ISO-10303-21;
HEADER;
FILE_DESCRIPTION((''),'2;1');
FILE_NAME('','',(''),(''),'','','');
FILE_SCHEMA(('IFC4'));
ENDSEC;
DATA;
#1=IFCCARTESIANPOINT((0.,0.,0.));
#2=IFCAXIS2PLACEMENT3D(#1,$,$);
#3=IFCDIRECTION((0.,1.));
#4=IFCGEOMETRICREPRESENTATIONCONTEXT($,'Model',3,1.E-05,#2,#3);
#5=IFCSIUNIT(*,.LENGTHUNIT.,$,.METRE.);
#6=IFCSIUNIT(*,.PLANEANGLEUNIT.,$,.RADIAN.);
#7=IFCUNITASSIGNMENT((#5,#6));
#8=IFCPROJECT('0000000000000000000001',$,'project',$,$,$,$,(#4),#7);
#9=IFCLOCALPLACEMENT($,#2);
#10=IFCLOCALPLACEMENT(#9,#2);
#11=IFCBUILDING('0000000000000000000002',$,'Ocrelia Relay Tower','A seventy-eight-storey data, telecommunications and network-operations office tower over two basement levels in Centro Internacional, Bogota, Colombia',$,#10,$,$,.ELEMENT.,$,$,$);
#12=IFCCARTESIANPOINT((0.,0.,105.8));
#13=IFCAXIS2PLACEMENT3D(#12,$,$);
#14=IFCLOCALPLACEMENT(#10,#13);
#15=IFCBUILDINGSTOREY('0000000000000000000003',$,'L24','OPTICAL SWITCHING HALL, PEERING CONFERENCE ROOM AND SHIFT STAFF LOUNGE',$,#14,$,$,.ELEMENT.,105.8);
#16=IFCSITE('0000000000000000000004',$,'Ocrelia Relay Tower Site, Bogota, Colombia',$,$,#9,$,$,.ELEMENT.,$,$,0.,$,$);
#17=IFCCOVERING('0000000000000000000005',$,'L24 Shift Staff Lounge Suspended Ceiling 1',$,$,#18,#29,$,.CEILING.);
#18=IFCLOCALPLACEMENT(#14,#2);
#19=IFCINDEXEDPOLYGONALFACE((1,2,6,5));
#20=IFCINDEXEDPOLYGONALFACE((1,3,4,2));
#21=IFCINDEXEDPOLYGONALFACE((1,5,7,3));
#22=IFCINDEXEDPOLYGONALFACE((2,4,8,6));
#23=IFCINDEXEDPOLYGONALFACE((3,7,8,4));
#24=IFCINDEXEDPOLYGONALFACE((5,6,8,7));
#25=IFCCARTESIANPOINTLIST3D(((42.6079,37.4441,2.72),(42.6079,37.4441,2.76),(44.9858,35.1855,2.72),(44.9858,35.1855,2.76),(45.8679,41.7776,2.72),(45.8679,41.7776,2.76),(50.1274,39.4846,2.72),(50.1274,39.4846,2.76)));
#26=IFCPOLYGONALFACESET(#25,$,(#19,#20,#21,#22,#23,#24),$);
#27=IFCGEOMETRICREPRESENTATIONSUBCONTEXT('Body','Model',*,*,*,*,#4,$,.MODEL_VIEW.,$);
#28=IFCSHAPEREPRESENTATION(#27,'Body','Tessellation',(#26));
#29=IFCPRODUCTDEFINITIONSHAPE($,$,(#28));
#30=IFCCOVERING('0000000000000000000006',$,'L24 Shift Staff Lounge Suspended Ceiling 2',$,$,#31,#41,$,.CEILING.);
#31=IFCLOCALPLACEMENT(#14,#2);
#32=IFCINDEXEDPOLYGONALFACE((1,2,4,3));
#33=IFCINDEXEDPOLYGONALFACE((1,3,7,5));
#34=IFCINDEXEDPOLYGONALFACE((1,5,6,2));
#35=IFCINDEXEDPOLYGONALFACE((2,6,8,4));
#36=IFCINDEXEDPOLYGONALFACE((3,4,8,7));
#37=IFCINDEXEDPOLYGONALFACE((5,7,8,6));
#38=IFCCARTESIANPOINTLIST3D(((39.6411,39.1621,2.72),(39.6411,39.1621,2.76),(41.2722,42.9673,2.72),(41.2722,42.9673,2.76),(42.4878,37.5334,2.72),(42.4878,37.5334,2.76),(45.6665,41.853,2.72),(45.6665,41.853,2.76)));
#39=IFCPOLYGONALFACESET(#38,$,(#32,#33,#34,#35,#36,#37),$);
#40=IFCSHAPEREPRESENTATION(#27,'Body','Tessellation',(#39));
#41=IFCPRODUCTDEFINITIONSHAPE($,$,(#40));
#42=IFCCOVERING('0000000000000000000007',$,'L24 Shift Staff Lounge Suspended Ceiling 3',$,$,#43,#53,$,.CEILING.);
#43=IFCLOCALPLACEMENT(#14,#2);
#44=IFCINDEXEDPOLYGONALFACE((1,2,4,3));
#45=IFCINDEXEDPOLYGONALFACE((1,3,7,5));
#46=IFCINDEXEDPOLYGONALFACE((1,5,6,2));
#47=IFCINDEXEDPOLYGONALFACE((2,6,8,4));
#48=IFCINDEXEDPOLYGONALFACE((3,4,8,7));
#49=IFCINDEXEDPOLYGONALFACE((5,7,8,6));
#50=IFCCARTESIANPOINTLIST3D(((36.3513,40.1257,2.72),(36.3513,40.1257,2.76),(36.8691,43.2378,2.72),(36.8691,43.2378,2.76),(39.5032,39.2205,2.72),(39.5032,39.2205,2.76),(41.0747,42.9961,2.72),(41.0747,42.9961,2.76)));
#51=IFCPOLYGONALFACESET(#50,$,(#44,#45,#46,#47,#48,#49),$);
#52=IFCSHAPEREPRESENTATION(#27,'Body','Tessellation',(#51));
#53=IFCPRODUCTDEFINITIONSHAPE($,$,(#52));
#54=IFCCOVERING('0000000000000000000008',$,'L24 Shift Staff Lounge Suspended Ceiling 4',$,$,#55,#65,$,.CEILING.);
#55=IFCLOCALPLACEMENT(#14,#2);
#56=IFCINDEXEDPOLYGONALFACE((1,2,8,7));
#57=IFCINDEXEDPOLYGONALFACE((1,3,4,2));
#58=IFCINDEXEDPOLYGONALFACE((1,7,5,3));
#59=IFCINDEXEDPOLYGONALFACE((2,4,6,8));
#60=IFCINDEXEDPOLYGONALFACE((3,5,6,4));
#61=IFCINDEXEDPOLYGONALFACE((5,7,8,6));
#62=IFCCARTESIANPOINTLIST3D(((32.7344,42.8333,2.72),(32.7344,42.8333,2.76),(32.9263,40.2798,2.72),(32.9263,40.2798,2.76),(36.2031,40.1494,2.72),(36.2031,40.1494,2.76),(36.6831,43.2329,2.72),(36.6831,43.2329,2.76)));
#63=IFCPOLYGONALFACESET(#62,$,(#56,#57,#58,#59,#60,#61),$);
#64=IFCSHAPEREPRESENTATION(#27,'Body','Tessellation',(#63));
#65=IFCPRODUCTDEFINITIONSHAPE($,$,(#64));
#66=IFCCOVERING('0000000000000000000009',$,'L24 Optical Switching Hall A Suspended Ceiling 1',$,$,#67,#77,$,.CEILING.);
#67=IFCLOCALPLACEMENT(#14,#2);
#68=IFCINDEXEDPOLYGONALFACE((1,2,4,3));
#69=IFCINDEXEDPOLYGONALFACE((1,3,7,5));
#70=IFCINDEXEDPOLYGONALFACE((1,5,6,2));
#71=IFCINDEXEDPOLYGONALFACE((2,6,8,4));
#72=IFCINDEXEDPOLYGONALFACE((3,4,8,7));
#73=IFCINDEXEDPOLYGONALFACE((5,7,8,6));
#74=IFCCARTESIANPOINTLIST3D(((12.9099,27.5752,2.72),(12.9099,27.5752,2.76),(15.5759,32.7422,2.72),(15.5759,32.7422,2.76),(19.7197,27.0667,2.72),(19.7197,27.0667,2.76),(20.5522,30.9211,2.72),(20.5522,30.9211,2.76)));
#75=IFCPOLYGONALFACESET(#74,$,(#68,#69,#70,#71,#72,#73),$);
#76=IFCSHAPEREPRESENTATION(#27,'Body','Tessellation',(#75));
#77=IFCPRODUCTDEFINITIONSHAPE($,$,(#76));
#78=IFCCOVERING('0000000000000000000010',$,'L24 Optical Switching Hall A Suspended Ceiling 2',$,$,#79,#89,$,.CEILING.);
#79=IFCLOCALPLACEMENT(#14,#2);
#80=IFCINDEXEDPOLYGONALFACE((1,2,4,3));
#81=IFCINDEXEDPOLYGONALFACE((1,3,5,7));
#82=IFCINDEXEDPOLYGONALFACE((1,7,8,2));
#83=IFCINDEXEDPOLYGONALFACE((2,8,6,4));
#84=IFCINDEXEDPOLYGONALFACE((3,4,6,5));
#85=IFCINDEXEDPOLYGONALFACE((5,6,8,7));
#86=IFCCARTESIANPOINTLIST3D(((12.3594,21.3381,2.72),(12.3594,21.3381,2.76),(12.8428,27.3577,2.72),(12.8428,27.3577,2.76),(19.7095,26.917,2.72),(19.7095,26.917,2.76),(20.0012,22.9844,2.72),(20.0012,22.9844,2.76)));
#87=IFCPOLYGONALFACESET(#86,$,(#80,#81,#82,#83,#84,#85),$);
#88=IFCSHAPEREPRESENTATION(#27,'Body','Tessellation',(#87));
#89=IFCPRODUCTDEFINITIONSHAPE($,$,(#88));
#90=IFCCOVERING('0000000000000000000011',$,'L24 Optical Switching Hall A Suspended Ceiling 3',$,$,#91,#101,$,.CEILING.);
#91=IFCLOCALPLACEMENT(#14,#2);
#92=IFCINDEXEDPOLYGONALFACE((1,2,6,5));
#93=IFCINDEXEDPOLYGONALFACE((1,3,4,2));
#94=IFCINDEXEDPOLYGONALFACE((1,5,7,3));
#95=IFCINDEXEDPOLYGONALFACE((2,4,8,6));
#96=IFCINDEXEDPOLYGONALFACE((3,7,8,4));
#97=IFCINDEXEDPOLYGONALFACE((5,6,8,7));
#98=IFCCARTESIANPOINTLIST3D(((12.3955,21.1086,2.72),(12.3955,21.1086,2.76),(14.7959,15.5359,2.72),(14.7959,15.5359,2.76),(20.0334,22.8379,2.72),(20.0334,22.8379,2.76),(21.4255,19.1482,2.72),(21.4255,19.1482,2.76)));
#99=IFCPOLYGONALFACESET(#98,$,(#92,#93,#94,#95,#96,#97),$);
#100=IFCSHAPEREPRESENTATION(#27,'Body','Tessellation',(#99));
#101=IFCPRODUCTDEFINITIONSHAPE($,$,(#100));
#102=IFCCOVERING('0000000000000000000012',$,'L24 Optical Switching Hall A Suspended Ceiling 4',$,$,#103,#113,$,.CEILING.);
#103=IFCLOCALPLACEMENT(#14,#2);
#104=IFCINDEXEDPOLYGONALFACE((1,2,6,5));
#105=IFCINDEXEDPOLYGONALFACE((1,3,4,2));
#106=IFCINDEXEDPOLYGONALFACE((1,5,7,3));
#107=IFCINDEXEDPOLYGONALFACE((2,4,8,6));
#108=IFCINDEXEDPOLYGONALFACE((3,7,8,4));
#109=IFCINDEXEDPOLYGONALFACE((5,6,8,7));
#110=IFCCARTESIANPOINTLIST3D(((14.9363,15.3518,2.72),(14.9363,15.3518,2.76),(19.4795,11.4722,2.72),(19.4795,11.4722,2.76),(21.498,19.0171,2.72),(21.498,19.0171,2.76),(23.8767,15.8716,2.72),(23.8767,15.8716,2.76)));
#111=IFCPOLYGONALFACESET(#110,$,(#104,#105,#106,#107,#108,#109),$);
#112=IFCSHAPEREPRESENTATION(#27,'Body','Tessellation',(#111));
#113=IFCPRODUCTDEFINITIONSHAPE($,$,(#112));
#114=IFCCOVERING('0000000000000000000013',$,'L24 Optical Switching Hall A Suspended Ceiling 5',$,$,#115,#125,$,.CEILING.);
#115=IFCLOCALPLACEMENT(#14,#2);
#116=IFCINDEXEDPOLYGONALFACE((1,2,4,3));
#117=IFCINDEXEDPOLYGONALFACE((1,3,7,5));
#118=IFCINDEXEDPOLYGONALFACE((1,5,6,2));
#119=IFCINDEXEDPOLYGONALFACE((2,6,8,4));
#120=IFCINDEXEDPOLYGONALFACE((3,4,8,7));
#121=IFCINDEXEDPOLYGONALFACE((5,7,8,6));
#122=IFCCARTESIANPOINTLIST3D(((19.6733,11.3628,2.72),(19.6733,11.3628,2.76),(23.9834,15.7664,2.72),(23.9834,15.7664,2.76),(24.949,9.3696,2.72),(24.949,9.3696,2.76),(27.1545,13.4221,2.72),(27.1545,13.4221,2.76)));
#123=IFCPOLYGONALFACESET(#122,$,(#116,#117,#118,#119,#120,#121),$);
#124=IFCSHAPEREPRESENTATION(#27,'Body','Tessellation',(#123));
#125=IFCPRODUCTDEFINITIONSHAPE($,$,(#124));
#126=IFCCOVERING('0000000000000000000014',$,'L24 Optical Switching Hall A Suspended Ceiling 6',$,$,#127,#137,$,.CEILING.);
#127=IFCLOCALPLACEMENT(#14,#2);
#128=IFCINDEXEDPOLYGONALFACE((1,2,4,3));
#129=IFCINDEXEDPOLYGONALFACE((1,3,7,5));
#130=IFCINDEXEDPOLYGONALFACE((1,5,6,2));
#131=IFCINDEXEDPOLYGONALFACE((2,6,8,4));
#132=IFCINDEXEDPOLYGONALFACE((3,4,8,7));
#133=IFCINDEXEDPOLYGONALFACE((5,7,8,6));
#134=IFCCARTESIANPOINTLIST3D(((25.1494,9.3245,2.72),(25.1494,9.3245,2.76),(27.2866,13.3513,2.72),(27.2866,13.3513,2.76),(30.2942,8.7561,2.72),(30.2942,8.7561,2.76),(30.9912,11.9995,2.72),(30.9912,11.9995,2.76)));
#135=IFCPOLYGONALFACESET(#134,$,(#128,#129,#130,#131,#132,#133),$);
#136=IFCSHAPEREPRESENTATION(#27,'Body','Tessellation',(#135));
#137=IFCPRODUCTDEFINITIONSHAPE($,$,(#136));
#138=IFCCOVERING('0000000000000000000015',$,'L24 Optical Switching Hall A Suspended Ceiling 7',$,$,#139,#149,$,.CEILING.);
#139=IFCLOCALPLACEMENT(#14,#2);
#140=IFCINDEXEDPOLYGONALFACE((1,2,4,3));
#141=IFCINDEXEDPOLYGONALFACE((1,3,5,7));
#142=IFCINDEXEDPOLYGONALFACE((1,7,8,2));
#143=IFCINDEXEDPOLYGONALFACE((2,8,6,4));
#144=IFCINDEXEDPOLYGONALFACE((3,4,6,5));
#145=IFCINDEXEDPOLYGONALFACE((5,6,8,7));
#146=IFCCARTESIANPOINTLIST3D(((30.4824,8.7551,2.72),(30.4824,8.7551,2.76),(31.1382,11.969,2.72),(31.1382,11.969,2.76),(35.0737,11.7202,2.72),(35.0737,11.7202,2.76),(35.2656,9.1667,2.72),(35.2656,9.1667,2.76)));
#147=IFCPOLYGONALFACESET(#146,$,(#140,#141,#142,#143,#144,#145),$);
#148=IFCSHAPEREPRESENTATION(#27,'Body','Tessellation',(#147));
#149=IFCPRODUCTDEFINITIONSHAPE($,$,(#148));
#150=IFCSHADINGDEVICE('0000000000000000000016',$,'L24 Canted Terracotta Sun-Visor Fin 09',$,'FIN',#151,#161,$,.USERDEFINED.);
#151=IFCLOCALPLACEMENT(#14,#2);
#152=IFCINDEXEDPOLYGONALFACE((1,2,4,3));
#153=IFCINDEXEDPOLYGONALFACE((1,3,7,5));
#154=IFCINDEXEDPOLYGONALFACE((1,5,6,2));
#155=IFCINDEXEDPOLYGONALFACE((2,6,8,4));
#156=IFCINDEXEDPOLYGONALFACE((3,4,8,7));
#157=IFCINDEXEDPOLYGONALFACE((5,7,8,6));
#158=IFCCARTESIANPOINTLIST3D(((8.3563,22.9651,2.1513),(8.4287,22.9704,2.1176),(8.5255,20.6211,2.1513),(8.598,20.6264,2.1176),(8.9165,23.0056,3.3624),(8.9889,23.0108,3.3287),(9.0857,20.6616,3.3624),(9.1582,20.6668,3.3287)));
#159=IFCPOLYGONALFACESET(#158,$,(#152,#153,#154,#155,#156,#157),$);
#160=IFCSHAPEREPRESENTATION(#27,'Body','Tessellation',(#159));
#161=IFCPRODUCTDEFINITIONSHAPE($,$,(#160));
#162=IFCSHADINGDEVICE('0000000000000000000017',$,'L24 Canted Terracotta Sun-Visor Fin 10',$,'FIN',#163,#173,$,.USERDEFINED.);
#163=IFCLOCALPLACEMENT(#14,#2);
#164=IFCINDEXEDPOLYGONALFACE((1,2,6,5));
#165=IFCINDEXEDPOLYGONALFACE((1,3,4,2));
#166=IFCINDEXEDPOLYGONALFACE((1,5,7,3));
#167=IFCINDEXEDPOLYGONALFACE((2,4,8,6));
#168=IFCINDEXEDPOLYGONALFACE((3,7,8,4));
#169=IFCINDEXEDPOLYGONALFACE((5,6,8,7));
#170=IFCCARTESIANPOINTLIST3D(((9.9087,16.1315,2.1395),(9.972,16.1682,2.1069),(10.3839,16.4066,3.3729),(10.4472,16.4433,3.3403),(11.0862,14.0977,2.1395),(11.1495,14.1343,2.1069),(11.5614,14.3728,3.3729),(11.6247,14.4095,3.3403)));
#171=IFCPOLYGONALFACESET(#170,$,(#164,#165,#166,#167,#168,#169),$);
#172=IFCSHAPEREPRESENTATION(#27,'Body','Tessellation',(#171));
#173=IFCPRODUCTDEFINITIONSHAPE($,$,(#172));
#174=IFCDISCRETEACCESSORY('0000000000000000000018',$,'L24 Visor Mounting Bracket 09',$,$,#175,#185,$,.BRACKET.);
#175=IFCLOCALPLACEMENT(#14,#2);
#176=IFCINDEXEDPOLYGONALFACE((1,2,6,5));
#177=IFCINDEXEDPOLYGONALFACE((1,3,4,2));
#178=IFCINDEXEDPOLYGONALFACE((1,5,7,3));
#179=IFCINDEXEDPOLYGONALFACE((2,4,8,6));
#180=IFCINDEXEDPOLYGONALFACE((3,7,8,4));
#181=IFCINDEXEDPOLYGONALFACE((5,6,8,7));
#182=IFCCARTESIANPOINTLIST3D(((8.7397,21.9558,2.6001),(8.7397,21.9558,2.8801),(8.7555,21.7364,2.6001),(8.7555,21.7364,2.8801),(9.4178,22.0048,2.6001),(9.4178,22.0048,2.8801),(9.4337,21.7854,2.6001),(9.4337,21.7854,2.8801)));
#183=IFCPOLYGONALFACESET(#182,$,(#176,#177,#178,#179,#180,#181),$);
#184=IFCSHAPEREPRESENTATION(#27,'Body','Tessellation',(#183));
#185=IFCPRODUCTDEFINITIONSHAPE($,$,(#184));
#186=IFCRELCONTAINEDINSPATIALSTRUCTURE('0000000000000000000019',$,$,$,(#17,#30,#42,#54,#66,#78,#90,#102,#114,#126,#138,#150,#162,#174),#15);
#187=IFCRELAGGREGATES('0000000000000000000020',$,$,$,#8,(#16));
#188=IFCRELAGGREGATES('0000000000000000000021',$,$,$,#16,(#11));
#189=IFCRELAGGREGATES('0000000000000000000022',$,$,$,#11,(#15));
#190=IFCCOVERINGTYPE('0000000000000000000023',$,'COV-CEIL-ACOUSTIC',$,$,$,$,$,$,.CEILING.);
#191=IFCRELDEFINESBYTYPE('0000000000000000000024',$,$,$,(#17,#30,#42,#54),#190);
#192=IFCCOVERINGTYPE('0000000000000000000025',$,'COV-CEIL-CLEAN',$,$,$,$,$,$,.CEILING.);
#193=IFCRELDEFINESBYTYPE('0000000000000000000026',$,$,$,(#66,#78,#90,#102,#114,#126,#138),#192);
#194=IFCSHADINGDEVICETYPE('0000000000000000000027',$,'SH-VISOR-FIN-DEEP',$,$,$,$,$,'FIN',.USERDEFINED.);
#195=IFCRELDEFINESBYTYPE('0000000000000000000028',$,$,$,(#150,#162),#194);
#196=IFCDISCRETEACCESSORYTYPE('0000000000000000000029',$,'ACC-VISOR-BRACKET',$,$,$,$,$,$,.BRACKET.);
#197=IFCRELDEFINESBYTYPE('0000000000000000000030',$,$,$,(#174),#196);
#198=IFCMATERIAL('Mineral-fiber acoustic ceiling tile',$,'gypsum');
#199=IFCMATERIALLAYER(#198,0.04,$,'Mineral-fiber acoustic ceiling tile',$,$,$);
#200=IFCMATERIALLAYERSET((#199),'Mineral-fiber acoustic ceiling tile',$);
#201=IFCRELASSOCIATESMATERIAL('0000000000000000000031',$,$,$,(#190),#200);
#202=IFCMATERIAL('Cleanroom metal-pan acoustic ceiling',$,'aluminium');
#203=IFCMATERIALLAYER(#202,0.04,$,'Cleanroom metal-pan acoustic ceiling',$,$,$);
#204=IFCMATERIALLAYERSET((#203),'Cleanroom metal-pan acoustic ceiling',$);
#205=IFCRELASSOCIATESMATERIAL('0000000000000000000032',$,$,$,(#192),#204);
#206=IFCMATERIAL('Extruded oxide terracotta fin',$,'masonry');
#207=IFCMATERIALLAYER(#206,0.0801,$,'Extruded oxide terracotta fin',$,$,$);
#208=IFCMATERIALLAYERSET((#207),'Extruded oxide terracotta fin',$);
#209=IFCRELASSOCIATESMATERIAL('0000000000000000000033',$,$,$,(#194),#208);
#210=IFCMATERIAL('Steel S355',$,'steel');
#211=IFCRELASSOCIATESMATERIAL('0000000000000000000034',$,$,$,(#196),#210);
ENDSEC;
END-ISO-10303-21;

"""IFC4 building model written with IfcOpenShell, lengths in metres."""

from ifc_helpers import new_model, si_unit, direction, frame, origin, origin_2d, place, context, subcontext, project, spatial, polyline, rectangle, outline, extrude, material, layer, layer_set, type_object, element, save


model = new_model("IFC4")

# Units and contexts
model_context = context("Model", 3, precision=1e-05, world=origin(), true_north=direction((0.0, 1.0)))
body_context = subcontext(model_context, "Body", "Model", "MODEL_VIEW")
ifc_project = project(units=[si_unit("LENGTHUNIT", "METRE"), si_unit("PLANEANGLEUNIT", "RADIAN")], contexts=[model_context])

# Site, building, storey
site_placement = place(None, origin())
site = spatial("IfcSite", under=ifc_project, at=site_placement, Name="Ocrelia Relay Tower Site, Bogota, Colombia", CompositionType="ELEMENT", RefElevation=0.0)
building_placement = place(site_placement, origin())
building = spatial("IfcBuilding", under=site, at=building_placement, Name="Ocrelia Relay Tower", Description="A seventy-eight-storey data, telecommunications and network-operations office tower over two basement levels in Centro Internacional, Bogota, Colombia", CompositionType="ELEMENT")
storey_placement = place(building_placement, frame((0.0, 0.0, 105.8)))
storey = spatial("IfcBuildingStorey", under=building, at=storey_placement, Name="L24", Description="OPTICAL SWITCHING HALL, PEERING CONFERENCE ROOM AND SHIFT STAFF LOUNGE", CompositionType="ELEMENT", Elevation=105.8)

# Coverings
ifc_material_1 = material(Name="Mineral-fiber acoustic ceiling tile", Category="gypsum")
ifc_layer_1 = layer(ifc_material_1, 0.04, Name="Mineral-fiber acoustic ceiling tile")
ifc_layer_set_1 = layer_set([ifc_layer_1], Name="Mineral-fiber acoustic ceiling tile")
covering_type_1 = type_object("IfcCoveringType", Name="COV-CEIL-ACOUSTIC", PredefinedType="CEILING", material=ifc_layer_set_1)
covering_1_placement = place(storey_placement, frame((0.0, 0.0, 2.72)))
element("IfcCovering", 1, at=covering_1_placement, inside=storey, type_object=covering_type_1, Name="L24 Shift Staff Lounge Suspended Ceiling 1", PredefinedType="CEILING", context=body_context, shape_type="SweptSolid", body=[
    extrude(outline(polyline([(44.9858, 35.1855), (50.1274, 39.4846), (45.8679, 41.7776), (42.6079, 37.4441), (44.9858, 35.1855)])), origin(), (0.0, 0.0, 1.0), 0.04),
])
covering_2_placement = place(storey_placement, frame((0.0, 0.0, 2.72)))
element("IfcCovering", 2, at=covering_2_placement, inside=storey, type_object=covering_type_1, Name="L24 Shift Staff Lounge Suspended Ceiling 2", PredefinedType="CEILING", context=body_context, shape_type="SweptSolid", body=[
    extrude(outline(polyline([(42.4878, 37.5334), (45.6665, 41.853), (41.2722, 42.9673), (39.6411, 39.1621), (42.4878, 37.5334)])), origin(), (0.0, 0.0, 1.0), 0.04),
])
covering_3_placement = place(storey_placement, frame((0.0, 0.0, 2.72)))
element("IfcCovering", 3, at=covering_3_placement, inside=storey, type_object=covering_type_1, Name="L24 Shift Staff Lounge Suspended Ceiling 3", PredefinedType="CEILING", context=body_context, shape_type="SweptSolid", body=[
    extrude(outline(polyline([(39.5032, 39.2205), (41.0747, 42.9961), (36.8691, 43.2378), (36.3513, 40.1257), (39.5032, 39.2205)])), origin(), (0.0, 0.0, 1.0), 0.04),
])
covering_4_placement = place(storey_placement, frame((0.0, 0.0, 2.72)))
element("IfcCovering", 4, at=covering_4_placement, inside=storey, type_object=covering_type_1, Name="L24 Shift Staff Lounge Suspended Ceiling 4", PredefinedType="CEILING", context=body_context, shape_type="SweptSolid", body=[
    extrude(outline(polyline([(36.2031, 40.1494), (36.6831, 43.2329), (32.7344, 42.8333), (32.9263, 40.2798), (36.2031, 40.1494)])), origin(), (0.0, 0.0, 1.0), 0.04),
])
ifc_material_2 = material(Name="Cleanroom metal-pan acoustic ceiling", Category="aluminium")
ifc_layer_2 = layer(ifc_material_2, 0.04, Name="Cleanroom metal-pan acoustic ceiling")
ifc_layer_set_2 = layer_set([ifc_layer_2], Name="Cleanroom metal-pan acoustic ceiling")
covering_type_2 = type_object("IfcCoveringType", Name="COV-CEIL-CLEAN", PredefinedType="CEILING", material=ifc_layer_set_2)
covering_5_placement = place(storey_placement, frame((0.0, 0.0, 2.72)))
element("IfcCovering", 5, at=covering_5_placement, inside=storey, type_object=covering_type_2, Name="L24 Optical Switching Hall A Suspended Ceiling 1", PredefinedType="CEILING", context=body_context, shape_type="SweptSolid", body=[
    extrude(outline(polyline([(20.5522, 30.9211), (15.5759, 32.7422), (12.9099, 27.5752), (19.7197, 27.0667), (20.5522, 30.9211)])), origin(), (0.0, 0.0, 1.0), 0.04),
])
covering_6_placement = place(storey_placement, frame((0.0, 0.0, 2.72)))
element("IfcCovering", 6, at=covering_6_placement, inside=storey, type_object=covering_type_2, Name="L24 Optical Switching Hall A Suspended Ceiling 2", PredefinedType="CEILING", context=body_context, shape_type="SweptSolid", body=[
    extrude(outline(polyline([(19.7095, 26.917), (12.8428, 27.3577), (12.3594, 21.3381), (20.0012, 22.9844), (19.7095, 26.917)])), origin(), (0.0, 0.0, 1.0), 0.04),
])
covering_7_placement = place(storey_placement, frame((0.0, 0.0, 2.72)))
element("IfcCovering", 7, at=covering_7_placement, inside=storey, type_object=covering_type_2, Name="L24 Optical Switching Hall A Suspended Ceiling 3", PredefinedType="CEILING", context=body_context, shape_type="SweptSolid", body=[
    extrude(outline(polyline([(20.0334, 22.8379), (12.3955, 21.1086), (14.7959, 15.5359), (21.4255, 19.1482), (20.0334, 22.8379)])), origin(), (0.0, 0.0, 1.0), 0.04),
])
covering_8_placement = place(storey_placement, frame((0.0, 0.0, 2.72)))
element("IfcCovering", 8, at=covering_8_placement, inside=storey, type_object=covering_type_2, Name="L24 Optical Switching Hall A Suspended Ceiling 4", PredefinedType="CEILING", context=body_context, shape_type="SweptSolid", body=[
    extrude(outline(polyline([(21.498, 19.0171), (14.9363, 15.3518), (19.4795, 11.4722), (23.8767, 15.8716), (21.498, 19.0171)])), origin(), (0.0, 0.0, 1.0), 0.04),
])
covering_9_placement = place(storey_placement, frame((0.0, 0.0, 2.72)))
element("IfcCovering", 9, at=covering_9_placement, inside=storey, type_object=covering_type_2, Name="L24 Optical Switching Hall A Suspended Ceiling 5", PredefinedType="CEILING", context=body_context, shape_type="SweptSolid", body=[
    extrude(outline(polyline([(23.9834, 15.7664), (19.6733, 11.3628), (24.949, 9.3696), (27.1545, 13.4221), (23.9834, 15.7664)])), origin(), (0.0, 0.0, 1.0), 0.04),
])
covering_10_placement = place(storey_placement, frame((0.0, 0.0, 2.72)))
element("IfcCovering", 10, at=covering_10_placement, inside=storey, type_object=covering_type_2, Name="L24 Optical Switching Hall A Suspended Ceiling 6", PredefinedType="CEILING", context=body_context, shape_type="SweptSolid", body=[
    extrude(outline(polyline([(27.2866, 13.3513), (25.1494, 9.3245), (30.2942, 8.7561), (30.9912, 11.9995), (27.2866, 13.3513)])), origin(), (0.0, 0.0, 1.0), 0.04),
])
covering_11_placement = place(storey_placement, frame((0.0, 0.0, 2.72)))
element("IfcCovering", 11, at=covering_11_placement, inside=storey, type_object=covering_type_2, Name="L24 Optical Switching Hall A Suspended Ceiling 7", PredefinedType="CEILING", context=body_context, shape_type="SweptSolid", body=[
    extrude(outline(polyline([(31.1382, 11.969), (30.4824, 8.7551), (35.2656, 9.1667), (35.0737, 11.7202), (31.1382, 11.969)])), origin(), (0.0, 0.0, 1.0), 0.04),
])

# Shading devices
ifc_material_3 = material(Name="Extruded oxide terracotta fin", Category="masonry")
ifc_layer_3 = layer(ifc_material_3, 0.0801, Name="Extruded oxide terracotta fin")
ifc_layer_set_3 = layer_set([ifc_layer_3], Name="Extruded oxide terracotta fin")
shading_device_type = type_object("IfcShadingDeviceType", Name="SH-VISOR-FIN-DEEP", ElementType="FIN", PredefinedType="USERDEFINED", material=ifc_layer_set_3)
shading_device_1_placement = place(storey_placement, frame((8.7935, 21.8186, 2.7231), z_axis=(-0.904834, -0.065345, 0.420719), x_axis=(0.07203, -0.997402, 0.0)))
element("IfcShadingDevice", 12, at=shading_device_1_placement, inside=storey, type_object=shading_device_type, Name="L24 Canted Terracotta Sun-Visor Fin 09", ObjectType="FIN", PredefinedType="USERDEFINED", context=body_context, shape_type="SweptSolid", body=[
    extrude(rectangle(XDim=2.3501, YDim=1.335, at=origin_2d()), origin(), (0.0, 0.0, 1.0), 0.0801),
])
shading_device_2_placement = place(storey_placement, frame((10.7983, 15.2888, 2.7236), z_axis=(-0.790603, -0.457725, 0.406737), x_axis=(0.501042, -0.865423, 0.0)))
element("IfcShadingDevice", 13, at=shading_device_2_placement, inside=storey, type_object=shading_device_type, Name="L24 Canted Terracotta Sun-Visor Fin 10", ObjectType="FIN", PredefinedType="USERDEFINED", context=body_context, shape_type="SweptSolid", body=[
    extrude(rectangle(XDim=2.3501, YDim=1.3501, at=origin_2d()), origin(), (0.0, 0.0, 1.0), 0.0801),
])

# Discrete accessory
ifc_material_4 = material(Name="Steel S355", Category="steel")
discrete_accessory_type = type_object("IfcDiscreteAccessoryType", Name="ACC-VISOR-BRACKET", PredefinedType="BRACKET", material=ifc_material_4)
for number, where, z_axis, x_axis, name in (
    (14, (9.0867, 21.8706, 2.6001), (0.0, 0.0, 1.0), (0.07203, -0.997402, 0.0), "L24 Visor Mounting Bracket 09"),
):
    element("IfcDiscreteAccessory", number, at=place(storey_placement, frame(where, z_axis=z_axis, x_axis=x_axis)), inside=storey, type_object=discrete_accessory_type, Name=name, PredefinedType="BRACKET", context=body_context, shape_type="SweptSolid", body=[
        extrude(rectangle(XDim=0.22, YDim=0.6799, at=origin_2d()), origin(), (0.0, 0.0, 1.0), 0.28),
    ])

save(model, "model.ifc")
